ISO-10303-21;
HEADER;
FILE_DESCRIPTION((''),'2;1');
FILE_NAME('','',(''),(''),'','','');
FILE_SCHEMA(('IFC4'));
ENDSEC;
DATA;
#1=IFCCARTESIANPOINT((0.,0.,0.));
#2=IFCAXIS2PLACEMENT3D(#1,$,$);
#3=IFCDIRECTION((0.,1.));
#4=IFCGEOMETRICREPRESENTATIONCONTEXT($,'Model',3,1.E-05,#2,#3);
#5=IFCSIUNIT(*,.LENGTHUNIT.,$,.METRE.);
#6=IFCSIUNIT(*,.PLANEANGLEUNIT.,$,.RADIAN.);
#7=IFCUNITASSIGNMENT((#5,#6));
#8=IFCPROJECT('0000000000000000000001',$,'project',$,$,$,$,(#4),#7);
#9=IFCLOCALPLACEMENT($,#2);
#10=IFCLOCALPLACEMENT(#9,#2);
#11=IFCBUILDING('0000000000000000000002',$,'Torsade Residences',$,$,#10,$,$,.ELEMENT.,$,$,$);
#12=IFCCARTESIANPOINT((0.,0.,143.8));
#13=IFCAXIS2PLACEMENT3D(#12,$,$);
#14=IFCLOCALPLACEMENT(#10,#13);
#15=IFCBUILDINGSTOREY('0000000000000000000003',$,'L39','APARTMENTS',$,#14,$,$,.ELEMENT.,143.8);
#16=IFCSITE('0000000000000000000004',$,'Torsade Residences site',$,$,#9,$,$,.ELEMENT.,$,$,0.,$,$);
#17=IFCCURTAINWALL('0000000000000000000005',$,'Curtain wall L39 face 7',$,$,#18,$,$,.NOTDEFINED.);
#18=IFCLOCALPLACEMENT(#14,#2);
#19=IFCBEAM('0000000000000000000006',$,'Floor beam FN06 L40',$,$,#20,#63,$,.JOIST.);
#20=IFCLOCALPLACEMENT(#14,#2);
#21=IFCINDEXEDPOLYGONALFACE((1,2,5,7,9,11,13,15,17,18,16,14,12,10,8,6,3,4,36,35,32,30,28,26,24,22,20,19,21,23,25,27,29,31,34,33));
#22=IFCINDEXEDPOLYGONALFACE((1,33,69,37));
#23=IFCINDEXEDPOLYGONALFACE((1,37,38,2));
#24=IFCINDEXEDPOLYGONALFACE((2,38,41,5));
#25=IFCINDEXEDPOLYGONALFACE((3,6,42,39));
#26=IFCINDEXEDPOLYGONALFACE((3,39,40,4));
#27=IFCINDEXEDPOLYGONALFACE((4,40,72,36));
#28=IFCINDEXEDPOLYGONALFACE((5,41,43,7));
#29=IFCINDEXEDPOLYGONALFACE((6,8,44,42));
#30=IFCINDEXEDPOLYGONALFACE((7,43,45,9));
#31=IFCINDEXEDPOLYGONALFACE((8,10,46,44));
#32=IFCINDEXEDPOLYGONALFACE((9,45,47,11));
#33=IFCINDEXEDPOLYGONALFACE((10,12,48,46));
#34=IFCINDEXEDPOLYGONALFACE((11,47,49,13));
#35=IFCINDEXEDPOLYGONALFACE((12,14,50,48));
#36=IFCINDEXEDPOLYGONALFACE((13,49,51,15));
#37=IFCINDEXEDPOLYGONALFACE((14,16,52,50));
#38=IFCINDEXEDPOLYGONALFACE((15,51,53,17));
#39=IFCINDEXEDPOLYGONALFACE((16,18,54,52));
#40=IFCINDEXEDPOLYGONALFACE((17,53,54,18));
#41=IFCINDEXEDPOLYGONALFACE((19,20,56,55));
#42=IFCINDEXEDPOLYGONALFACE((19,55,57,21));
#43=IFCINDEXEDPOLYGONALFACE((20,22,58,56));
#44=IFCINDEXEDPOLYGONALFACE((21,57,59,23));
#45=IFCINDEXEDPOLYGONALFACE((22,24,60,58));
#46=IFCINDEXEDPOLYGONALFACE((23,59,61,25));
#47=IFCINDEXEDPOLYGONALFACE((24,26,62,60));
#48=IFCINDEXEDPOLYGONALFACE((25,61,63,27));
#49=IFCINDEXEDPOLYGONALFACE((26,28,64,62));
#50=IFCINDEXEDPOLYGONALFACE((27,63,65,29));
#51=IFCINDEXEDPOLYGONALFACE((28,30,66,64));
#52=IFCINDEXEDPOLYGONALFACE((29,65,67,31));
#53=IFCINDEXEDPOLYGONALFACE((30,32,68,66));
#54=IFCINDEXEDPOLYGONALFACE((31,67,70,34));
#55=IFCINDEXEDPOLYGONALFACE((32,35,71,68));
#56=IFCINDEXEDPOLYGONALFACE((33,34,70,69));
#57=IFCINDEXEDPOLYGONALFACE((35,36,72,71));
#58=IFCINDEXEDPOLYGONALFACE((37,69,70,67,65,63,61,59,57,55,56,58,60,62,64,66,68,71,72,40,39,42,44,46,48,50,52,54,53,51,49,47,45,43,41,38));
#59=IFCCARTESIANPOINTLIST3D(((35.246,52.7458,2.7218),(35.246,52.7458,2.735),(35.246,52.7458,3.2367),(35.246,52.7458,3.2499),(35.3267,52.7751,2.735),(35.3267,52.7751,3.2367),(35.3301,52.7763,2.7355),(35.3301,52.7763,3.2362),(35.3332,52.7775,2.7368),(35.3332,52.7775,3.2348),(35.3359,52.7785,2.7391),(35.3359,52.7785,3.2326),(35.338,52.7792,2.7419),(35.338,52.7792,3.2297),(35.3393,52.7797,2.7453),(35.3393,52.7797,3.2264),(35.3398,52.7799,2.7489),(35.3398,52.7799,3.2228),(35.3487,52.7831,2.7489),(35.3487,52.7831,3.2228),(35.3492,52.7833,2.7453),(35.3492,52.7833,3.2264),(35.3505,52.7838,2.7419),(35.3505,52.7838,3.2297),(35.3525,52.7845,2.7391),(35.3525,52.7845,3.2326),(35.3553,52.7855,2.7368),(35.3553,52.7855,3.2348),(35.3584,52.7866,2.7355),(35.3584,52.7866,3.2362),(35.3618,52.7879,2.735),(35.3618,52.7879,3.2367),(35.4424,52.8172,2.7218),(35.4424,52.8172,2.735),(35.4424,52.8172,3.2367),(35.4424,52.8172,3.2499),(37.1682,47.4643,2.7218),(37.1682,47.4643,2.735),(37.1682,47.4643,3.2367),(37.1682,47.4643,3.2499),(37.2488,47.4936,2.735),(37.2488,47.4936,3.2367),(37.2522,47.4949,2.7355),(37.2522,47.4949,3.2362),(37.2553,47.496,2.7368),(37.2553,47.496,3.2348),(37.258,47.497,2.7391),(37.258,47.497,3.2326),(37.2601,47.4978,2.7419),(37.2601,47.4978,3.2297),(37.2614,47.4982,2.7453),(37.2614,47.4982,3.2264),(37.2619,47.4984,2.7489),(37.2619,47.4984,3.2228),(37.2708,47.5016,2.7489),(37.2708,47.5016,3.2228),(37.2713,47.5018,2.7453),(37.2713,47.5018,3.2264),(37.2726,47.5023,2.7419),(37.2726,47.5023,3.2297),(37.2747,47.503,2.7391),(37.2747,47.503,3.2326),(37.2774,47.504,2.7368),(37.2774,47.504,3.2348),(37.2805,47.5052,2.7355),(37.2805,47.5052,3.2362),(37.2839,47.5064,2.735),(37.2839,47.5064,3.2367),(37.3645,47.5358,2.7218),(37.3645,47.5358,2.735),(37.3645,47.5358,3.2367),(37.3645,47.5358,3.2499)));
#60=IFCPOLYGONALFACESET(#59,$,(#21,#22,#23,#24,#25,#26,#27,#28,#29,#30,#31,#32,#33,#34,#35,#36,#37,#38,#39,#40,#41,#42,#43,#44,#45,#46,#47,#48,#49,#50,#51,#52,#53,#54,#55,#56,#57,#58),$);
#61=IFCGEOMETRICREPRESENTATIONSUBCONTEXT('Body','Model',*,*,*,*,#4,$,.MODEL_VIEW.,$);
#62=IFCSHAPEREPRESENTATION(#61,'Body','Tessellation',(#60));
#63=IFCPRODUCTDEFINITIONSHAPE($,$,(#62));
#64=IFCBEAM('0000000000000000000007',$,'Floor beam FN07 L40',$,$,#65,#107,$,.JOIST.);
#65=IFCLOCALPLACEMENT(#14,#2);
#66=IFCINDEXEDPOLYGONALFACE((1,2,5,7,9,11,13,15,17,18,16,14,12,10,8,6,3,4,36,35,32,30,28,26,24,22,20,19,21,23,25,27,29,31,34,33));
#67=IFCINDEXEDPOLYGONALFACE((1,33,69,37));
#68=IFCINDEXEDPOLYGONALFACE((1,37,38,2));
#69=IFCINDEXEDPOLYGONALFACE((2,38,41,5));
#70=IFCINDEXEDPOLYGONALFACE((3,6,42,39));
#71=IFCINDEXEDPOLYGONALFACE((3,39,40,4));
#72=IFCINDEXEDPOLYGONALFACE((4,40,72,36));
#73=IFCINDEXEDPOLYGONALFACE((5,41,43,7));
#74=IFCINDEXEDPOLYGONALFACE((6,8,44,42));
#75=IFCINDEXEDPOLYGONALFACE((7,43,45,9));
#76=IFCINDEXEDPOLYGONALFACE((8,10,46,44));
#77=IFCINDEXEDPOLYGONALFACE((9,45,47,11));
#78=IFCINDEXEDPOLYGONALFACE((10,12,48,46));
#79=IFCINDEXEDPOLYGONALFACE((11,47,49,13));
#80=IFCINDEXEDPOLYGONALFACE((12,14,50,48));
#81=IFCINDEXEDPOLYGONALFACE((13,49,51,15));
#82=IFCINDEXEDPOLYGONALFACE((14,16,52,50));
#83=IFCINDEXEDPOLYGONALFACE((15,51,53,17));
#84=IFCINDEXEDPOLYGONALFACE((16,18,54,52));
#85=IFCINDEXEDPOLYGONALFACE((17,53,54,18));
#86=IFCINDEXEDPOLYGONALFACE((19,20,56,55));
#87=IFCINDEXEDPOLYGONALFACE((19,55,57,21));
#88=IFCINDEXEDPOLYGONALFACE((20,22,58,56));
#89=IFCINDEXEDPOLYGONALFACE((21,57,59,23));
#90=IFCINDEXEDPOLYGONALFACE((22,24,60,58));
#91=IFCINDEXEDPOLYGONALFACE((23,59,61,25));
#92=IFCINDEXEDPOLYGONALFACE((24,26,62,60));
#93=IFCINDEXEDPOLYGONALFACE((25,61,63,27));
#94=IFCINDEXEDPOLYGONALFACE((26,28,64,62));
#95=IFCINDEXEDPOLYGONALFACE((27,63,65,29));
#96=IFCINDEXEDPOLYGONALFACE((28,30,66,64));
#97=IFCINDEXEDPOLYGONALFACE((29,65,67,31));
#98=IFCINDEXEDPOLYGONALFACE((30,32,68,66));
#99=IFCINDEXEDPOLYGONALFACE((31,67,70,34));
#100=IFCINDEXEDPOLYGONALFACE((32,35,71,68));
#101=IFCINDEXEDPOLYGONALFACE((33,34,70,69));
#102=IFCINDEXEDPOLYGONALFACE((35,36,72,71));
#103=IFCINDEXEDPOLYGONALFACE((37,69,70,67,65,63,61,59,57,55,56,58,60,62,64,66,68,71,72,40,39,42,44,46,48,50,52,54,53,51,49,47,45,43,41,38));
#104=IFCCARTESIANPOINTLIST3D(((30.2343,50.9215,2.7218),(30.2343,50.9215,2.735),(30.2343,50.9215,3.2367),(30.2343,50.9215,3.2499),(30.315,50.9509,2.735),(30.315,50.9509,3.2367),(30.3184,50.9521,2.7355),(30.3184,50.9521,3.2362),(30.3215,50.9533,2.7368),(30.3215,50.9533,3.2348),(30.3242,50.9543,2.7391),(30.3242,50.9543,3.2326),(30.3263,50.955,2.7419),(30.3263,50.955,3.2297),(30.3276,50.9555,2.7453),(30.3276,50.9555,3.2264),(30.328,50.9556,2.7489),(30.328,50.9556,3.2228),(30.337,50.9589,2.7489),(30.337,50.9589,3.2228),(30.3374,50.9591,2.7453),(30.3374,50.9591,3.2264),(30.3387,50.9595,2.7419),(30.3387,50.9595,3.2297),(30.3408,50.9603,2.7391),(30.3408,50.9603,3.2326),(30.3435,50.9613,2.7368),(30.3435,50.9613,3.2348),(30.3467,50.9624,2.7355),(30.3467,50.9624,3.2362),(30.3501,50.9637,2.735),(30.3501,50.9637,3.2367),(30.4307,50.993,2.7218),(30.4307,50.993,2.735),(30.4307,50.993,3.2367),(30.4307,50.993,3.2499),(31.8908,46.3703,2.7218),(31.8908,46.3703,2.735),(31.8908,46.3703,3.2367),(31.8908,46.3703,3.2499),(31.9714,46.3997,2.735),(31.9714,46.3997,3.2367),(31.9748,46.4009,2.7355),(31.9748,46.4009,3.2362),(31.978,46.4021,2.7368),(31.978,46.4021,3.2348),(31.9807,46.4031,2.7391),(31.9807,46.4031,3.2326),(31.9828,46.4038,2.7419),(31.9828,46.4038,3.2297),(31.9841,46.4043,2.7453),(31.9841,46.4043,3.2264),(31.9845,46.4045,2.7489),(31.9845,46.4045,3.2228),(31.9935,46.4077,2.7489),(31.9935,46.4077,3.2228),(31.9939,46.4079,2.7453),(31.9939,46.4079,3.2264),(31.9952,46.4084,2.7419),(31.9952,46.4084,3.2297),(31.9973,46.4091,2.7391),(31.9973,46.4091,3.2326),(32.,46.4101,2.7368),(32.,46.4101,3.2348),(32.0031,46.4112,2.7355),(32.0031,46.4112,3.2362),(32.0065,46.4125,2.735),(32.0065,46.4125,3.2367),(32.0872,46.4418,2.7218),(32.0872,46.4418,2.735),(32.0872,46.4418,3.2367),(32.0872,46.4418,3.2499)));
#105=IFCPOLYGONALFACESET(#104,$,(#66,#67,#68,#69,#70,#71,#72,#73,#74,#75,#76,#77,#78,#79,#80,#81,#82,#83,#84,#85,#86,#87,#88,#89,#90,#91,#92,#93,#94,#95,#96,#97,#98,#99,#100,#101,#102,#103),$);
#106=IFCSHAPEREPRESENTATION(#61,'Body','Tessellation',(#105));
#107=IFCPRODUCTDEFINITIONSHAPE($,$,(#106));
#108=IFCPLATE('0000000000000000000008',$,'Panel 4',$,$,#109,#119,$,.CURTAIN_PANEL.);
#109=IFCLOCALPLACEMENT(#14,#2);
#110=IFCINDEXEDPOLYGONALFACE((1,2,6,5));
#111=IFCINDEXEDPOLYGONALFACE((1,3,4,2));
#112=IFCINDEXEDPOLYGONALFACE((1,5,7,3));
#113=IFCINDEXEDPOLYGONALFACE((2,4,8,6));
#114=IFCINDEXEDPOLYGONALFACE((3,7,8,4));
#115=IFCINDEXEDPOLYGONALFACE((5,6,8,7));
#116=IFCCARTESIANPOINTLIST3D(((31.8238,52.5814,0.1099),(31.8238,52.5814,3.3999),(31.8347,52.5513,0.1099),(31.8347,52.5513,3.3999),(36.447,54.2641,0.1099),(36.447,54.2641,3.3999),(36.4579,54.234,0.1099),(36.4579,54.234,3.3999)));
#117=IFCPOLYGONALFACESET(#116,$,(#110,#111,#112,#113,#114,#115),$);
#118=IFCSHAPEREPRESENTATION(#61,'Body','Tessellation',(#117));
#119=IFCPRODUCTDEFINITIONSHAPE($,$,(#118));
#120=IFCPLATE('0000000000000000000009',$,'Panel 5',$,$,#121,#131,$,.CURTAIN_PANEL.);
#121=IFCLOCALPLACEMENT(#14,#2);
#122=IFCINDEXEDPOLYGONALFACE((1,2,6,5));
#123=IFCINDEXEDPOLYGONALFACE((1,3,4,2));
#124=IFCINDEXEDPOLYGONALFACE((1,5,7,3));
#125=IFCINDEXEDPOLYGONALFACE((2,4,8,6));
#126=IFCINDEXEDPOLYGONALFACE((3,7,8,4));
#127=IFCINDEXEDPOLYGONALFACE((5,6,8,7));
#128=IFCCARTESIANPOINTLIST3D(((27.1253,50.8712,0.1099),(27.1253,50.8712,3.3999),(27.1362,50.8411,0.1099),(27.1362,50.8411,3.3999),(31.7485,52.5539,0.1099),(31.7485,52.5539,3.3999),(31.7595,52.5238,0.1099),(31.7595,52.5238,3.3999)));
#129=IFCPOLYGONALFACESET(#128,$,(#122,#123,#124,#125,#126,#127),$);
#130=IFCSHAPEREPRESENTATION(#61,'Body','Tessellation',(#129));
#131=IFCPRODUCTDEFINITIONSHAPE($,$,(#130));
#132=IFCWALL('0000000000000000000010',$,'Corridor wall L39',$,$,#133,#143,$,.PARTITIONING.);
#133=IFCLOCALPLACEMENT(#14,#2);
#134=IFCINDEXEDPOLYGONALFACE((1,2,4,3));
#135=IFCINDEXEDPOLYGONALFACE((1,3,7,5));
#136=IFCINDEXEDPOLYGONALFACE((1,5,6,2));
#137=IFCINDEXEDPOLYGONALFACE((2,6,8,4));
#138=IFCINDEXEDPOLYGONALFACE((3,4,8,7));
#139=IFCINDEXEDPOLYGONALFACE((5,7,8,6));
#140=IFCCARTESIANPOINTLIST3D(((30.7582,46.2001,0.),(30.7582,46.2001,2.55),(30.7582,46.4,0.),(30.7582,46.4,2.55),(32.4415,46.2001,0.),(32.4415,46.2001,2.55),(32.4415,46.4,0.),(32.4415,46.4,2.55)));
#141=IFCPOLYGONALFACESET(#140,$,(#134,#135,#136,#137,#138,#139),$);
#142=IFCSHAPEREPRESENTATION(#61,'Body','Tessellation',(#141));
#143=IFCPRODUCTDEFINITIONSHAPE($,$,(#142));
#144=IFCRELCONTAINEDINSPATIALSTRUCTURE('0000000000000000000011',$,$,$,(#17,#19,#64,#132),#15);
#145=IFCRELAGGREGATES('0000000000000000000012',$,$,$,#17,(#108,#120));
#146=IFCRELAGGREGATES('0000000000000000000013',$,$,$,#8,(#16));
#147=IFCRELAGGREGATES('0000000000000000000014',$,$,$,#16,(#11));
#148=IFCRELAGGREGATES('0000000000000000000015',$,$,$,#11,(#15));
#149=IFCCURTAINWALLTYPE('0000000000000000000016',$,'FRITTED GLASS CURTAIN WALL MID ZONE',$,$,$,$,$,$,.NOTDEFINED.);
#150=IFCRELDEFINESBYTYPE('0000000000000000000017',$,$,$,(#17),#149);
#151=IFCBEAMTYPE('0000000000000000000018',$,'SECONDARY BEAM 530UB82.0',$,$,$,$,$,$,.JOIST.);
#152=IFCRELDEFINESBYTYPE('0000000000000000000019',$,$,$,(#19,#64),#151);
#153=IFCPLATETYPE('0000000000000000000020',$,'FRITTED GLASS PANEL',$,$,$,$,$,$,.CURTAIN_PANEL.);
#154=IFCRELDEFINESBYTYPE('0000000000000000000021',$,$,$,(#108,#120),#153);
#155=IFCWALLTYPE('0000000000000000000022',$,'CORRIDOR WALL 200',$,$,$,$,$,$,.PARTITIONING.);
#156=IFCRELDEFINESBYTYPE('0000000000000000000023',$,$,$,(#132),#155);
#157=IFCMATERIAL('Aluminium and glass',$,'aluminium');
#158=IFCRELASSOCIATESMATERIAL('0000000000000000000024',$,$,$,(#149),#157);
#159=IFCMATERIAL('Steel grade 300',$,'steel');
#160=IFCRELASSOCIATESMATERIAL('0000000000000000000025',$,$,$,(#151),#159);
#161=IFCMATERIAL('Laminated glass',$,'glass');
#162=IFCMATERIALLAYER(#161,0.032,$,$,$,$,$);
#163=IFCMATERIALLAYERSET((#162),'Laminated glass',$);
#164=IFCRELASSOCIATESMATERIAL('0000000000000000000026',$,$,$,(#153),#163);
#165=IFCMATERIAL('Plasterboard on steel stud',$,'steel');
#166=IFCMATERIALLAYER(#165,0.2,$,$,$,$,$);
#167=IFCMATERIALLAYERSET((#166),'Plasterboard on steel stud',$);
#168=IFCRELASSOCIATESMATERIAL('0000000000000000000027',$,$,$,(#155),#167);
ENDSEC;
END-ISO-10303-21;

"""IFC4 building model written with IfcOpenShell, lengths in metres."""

from ifc_helpers import new_model, si_unit, direction, frame, frame_2d, origin, origin_2d, place, context, subcontext, project, spatial, rectangle, i_section, extrude, material, layer, layer_set, material_profile, profile_set, type_object, element, aggregate, save


model = new_model("IFC4")

# Units and contexts
model_context = context("Model", 3, precision=1e-05, world=origin(), true_north=direction((0.0, 1.0)))
body_context = subcontext(model_context, "Body", "Model", "MODEL_VIEW")
ifc_project = project(units=[si_unit("LENGTHUNIT", "METRE"), si_unit("PLANEANGLEUNIT", "RADIAN")], contexts=[model_context])

# Site, building, storey
site_placement = place(None, origin())
site = spatial("IfcSite", under=ifc_project, at=site_placement, Name="Torsade Residences site", CompositionType="ELEMENT", RefElevation=0.0)
building_placement = place(site_placement, origin())
building = spatial("IfcBuilding", under=site, at=building_placement, Name="Torsade Residences", CompositionType="ELEMENT")
storey_placement = place(building_placement, frame((0.0, 0.0, 143.8)))
storey = spatial("IfcBuildingStorey", under=building, at=storey_placement, Name="L39", Description="APARTMENTS", CompositionType="ELEMENT", Elevation=143.8)

# Curtain wall
ifc_material_1 = material(Name="Aluminium and glass", Category="aluminium")
curtain_wall_type = type_object("IfcCurtainWallType", Name="FRITTED GLASS CURTAIN WALL MID ZONE", PredefinedType="NOTDEFINED", material=ifc_material_1)
curtain_wall_placement = place(storey_placement, origin())
curtain_wall = element("IfcCurtainWall", 1, at=curtain_wall_placement, inside=storey, type_object=curtain_wall_type, Name="Curtain wall L39 face 7", PredefinedType="NOTDEFINED")

# Beams
ifc_material_2 = material(Name="Steel grade 300", Category="steel")
ifc_material_profile_1 = material_profile(ifc_material_2, i_section(OverallWidth=0.209, OverallDepth=0.5281, WebThickness=0.0095, FlangeThickness=0.0132, FilletRadius=0.0139, at=origin_2d()), Name="530UB82.0")
ifc_profile_set_1 = profile_set([ifc_material_profile_1], Name="Steel grade 300")
beam_type_1 = type_object("IfcBeamType", Name="SECONDARY BEAM 530UB82.0", PredefinedType="JOIST", material=ifc_profile_set_1)
beam_1_placement = place(storey_placement, frame((35.3442, 52.7815, 2.9858), z_axis=(0.341991, -0.939703, 0.0), x_axis=(0.939703, 0.341991, 0.0)))
element("IfcBeam", 2, at=beam_1_placement, inside=storey, type_object=beam_type_1, Name="Floor beam FN06 L40", PredefinedType="JOIST", context=body_context, shape_type="SweptSolid", body=[
    extrude(i_section(OverallWidth=0.209, OverallDepth=0.5281, WebThickness=0.0095, FlangeThickness=0.0132, FilletRadius=0.0139, at=origin_2d()), origin(), (0.0, 0.0, 1.0), 5.6204),
])
beam_2_placement = place(storey_placement, frame((30.3325, 50.9573, 2.9858), z_axis=(0.342014, -0.939695, 0.0), x_axis=(0.939695, 0.342014, 0.0)))
element("IfcBeam", 3, at=beam_2_placement, inside=storey, type_object=beam_type_1, Name="Floor beam FN07 L40", PredefinedType="JOIST", context=body_context, shape_type="SweptSolid", body=[
    extrude(i_section(OverallWidth=0.209, OverallDepth=0.5281, WebThickness=0.0095, FlangeThickness=0.0132, FilletRadius=0.0139, at=origin_2d()), origin(), (0.0, 0.0, 1.0), 4.8433),
])

# Plates
ifc_material_3 = material(Name="Laminated glass", Category="glass")
ifc_layer_1 = layer(ifc_material_3, 0.032)
ifc_layer_set_1 = layer_set([ifc_layer_1], Name="Laminated glass")
plate_type = type_object("IfcPlateType", Name="FRITTED GLASS PANEL", PredefinedType="CURTAIN_PANEL", material=ifc_layer_set_1)
plate_1_placement = place(storey_placement, frame((34.1409, 53.4077, 0.1099), z_axis=(0.0, 0.0, 1.0), x_axis=(-0.939693, -0.34202, 0.0)))
plate_1 = element("IfcPlate", 4, at=plate_1_placement, type_object=plate_type, Name="Panel 4", PredefinedType="CURTAIN_PANEL", context=body_context, shape_type="SweptSolid", body=[
    extrude(rectangle(XDim=4.9199, YDim=0.032, at=origin_2d()), origin(), (0.0, 0.0, 1.0), 3.29),
])
plate_2_placement = place(storey_placement, frame((29.4424, 51.6975, 0.1099), z_axis=(0.0, 0.0, 1.0), x_axis=(-0.939693, -0.34202, 0.0)))
plate_2 = element("IfcPlate", 5, at=plate_2_placement, type_object=plate_type, Name="Panel 5", PredefinedType="CURTAIN_PANEL", context=body_context, shape_type="SweptSolid", body=[
    extrude(rectangle(XDim=4.9199, YDim=0.032, at=origin_2d()), origin(), (0.0, 0.0, 1.0), 3.29),
])
aggregate(curtain_wall, [plate_1, plate_2])

# Wall
ifc_material_4 = material(Name="Plasterboard on steel stud", Category="steel")
ifc_layer_2 = layer(ifc_material_4, 0.2)
ifc_layer_set_2 = layer_set([ifc_layer_2], Name="Plasterboard on steel stud")
wall_type_1 = type_object("IfcWallType", Name="CORRIDOR WALL 200", PredefinedType="PARTITIONING", material=ifc_layer_set_2)
wall_1_placement = place(storey_placement, frame((32.4417, 46.3, 0.0), z_axis=(0.0, 0.0, 1.0), x_axis=(-1.0, 0.0, 0.0)))
element("IfcWall", 6, at=wall_1_placement, inside=storey, type_object=wall_type_1, Name="Corridor wall L39", PredefinedType="PARTITIONING", context=body_context, shape_type="SweptSolid", body=[
    extrude(rectangle(XDim=1.6833, YDim=0.2, at=frame_2d((0.8418, 0.0))), origin(), (0.0, 0.0, 1.0), 2.55),
])

save(model, "model.ifc")
